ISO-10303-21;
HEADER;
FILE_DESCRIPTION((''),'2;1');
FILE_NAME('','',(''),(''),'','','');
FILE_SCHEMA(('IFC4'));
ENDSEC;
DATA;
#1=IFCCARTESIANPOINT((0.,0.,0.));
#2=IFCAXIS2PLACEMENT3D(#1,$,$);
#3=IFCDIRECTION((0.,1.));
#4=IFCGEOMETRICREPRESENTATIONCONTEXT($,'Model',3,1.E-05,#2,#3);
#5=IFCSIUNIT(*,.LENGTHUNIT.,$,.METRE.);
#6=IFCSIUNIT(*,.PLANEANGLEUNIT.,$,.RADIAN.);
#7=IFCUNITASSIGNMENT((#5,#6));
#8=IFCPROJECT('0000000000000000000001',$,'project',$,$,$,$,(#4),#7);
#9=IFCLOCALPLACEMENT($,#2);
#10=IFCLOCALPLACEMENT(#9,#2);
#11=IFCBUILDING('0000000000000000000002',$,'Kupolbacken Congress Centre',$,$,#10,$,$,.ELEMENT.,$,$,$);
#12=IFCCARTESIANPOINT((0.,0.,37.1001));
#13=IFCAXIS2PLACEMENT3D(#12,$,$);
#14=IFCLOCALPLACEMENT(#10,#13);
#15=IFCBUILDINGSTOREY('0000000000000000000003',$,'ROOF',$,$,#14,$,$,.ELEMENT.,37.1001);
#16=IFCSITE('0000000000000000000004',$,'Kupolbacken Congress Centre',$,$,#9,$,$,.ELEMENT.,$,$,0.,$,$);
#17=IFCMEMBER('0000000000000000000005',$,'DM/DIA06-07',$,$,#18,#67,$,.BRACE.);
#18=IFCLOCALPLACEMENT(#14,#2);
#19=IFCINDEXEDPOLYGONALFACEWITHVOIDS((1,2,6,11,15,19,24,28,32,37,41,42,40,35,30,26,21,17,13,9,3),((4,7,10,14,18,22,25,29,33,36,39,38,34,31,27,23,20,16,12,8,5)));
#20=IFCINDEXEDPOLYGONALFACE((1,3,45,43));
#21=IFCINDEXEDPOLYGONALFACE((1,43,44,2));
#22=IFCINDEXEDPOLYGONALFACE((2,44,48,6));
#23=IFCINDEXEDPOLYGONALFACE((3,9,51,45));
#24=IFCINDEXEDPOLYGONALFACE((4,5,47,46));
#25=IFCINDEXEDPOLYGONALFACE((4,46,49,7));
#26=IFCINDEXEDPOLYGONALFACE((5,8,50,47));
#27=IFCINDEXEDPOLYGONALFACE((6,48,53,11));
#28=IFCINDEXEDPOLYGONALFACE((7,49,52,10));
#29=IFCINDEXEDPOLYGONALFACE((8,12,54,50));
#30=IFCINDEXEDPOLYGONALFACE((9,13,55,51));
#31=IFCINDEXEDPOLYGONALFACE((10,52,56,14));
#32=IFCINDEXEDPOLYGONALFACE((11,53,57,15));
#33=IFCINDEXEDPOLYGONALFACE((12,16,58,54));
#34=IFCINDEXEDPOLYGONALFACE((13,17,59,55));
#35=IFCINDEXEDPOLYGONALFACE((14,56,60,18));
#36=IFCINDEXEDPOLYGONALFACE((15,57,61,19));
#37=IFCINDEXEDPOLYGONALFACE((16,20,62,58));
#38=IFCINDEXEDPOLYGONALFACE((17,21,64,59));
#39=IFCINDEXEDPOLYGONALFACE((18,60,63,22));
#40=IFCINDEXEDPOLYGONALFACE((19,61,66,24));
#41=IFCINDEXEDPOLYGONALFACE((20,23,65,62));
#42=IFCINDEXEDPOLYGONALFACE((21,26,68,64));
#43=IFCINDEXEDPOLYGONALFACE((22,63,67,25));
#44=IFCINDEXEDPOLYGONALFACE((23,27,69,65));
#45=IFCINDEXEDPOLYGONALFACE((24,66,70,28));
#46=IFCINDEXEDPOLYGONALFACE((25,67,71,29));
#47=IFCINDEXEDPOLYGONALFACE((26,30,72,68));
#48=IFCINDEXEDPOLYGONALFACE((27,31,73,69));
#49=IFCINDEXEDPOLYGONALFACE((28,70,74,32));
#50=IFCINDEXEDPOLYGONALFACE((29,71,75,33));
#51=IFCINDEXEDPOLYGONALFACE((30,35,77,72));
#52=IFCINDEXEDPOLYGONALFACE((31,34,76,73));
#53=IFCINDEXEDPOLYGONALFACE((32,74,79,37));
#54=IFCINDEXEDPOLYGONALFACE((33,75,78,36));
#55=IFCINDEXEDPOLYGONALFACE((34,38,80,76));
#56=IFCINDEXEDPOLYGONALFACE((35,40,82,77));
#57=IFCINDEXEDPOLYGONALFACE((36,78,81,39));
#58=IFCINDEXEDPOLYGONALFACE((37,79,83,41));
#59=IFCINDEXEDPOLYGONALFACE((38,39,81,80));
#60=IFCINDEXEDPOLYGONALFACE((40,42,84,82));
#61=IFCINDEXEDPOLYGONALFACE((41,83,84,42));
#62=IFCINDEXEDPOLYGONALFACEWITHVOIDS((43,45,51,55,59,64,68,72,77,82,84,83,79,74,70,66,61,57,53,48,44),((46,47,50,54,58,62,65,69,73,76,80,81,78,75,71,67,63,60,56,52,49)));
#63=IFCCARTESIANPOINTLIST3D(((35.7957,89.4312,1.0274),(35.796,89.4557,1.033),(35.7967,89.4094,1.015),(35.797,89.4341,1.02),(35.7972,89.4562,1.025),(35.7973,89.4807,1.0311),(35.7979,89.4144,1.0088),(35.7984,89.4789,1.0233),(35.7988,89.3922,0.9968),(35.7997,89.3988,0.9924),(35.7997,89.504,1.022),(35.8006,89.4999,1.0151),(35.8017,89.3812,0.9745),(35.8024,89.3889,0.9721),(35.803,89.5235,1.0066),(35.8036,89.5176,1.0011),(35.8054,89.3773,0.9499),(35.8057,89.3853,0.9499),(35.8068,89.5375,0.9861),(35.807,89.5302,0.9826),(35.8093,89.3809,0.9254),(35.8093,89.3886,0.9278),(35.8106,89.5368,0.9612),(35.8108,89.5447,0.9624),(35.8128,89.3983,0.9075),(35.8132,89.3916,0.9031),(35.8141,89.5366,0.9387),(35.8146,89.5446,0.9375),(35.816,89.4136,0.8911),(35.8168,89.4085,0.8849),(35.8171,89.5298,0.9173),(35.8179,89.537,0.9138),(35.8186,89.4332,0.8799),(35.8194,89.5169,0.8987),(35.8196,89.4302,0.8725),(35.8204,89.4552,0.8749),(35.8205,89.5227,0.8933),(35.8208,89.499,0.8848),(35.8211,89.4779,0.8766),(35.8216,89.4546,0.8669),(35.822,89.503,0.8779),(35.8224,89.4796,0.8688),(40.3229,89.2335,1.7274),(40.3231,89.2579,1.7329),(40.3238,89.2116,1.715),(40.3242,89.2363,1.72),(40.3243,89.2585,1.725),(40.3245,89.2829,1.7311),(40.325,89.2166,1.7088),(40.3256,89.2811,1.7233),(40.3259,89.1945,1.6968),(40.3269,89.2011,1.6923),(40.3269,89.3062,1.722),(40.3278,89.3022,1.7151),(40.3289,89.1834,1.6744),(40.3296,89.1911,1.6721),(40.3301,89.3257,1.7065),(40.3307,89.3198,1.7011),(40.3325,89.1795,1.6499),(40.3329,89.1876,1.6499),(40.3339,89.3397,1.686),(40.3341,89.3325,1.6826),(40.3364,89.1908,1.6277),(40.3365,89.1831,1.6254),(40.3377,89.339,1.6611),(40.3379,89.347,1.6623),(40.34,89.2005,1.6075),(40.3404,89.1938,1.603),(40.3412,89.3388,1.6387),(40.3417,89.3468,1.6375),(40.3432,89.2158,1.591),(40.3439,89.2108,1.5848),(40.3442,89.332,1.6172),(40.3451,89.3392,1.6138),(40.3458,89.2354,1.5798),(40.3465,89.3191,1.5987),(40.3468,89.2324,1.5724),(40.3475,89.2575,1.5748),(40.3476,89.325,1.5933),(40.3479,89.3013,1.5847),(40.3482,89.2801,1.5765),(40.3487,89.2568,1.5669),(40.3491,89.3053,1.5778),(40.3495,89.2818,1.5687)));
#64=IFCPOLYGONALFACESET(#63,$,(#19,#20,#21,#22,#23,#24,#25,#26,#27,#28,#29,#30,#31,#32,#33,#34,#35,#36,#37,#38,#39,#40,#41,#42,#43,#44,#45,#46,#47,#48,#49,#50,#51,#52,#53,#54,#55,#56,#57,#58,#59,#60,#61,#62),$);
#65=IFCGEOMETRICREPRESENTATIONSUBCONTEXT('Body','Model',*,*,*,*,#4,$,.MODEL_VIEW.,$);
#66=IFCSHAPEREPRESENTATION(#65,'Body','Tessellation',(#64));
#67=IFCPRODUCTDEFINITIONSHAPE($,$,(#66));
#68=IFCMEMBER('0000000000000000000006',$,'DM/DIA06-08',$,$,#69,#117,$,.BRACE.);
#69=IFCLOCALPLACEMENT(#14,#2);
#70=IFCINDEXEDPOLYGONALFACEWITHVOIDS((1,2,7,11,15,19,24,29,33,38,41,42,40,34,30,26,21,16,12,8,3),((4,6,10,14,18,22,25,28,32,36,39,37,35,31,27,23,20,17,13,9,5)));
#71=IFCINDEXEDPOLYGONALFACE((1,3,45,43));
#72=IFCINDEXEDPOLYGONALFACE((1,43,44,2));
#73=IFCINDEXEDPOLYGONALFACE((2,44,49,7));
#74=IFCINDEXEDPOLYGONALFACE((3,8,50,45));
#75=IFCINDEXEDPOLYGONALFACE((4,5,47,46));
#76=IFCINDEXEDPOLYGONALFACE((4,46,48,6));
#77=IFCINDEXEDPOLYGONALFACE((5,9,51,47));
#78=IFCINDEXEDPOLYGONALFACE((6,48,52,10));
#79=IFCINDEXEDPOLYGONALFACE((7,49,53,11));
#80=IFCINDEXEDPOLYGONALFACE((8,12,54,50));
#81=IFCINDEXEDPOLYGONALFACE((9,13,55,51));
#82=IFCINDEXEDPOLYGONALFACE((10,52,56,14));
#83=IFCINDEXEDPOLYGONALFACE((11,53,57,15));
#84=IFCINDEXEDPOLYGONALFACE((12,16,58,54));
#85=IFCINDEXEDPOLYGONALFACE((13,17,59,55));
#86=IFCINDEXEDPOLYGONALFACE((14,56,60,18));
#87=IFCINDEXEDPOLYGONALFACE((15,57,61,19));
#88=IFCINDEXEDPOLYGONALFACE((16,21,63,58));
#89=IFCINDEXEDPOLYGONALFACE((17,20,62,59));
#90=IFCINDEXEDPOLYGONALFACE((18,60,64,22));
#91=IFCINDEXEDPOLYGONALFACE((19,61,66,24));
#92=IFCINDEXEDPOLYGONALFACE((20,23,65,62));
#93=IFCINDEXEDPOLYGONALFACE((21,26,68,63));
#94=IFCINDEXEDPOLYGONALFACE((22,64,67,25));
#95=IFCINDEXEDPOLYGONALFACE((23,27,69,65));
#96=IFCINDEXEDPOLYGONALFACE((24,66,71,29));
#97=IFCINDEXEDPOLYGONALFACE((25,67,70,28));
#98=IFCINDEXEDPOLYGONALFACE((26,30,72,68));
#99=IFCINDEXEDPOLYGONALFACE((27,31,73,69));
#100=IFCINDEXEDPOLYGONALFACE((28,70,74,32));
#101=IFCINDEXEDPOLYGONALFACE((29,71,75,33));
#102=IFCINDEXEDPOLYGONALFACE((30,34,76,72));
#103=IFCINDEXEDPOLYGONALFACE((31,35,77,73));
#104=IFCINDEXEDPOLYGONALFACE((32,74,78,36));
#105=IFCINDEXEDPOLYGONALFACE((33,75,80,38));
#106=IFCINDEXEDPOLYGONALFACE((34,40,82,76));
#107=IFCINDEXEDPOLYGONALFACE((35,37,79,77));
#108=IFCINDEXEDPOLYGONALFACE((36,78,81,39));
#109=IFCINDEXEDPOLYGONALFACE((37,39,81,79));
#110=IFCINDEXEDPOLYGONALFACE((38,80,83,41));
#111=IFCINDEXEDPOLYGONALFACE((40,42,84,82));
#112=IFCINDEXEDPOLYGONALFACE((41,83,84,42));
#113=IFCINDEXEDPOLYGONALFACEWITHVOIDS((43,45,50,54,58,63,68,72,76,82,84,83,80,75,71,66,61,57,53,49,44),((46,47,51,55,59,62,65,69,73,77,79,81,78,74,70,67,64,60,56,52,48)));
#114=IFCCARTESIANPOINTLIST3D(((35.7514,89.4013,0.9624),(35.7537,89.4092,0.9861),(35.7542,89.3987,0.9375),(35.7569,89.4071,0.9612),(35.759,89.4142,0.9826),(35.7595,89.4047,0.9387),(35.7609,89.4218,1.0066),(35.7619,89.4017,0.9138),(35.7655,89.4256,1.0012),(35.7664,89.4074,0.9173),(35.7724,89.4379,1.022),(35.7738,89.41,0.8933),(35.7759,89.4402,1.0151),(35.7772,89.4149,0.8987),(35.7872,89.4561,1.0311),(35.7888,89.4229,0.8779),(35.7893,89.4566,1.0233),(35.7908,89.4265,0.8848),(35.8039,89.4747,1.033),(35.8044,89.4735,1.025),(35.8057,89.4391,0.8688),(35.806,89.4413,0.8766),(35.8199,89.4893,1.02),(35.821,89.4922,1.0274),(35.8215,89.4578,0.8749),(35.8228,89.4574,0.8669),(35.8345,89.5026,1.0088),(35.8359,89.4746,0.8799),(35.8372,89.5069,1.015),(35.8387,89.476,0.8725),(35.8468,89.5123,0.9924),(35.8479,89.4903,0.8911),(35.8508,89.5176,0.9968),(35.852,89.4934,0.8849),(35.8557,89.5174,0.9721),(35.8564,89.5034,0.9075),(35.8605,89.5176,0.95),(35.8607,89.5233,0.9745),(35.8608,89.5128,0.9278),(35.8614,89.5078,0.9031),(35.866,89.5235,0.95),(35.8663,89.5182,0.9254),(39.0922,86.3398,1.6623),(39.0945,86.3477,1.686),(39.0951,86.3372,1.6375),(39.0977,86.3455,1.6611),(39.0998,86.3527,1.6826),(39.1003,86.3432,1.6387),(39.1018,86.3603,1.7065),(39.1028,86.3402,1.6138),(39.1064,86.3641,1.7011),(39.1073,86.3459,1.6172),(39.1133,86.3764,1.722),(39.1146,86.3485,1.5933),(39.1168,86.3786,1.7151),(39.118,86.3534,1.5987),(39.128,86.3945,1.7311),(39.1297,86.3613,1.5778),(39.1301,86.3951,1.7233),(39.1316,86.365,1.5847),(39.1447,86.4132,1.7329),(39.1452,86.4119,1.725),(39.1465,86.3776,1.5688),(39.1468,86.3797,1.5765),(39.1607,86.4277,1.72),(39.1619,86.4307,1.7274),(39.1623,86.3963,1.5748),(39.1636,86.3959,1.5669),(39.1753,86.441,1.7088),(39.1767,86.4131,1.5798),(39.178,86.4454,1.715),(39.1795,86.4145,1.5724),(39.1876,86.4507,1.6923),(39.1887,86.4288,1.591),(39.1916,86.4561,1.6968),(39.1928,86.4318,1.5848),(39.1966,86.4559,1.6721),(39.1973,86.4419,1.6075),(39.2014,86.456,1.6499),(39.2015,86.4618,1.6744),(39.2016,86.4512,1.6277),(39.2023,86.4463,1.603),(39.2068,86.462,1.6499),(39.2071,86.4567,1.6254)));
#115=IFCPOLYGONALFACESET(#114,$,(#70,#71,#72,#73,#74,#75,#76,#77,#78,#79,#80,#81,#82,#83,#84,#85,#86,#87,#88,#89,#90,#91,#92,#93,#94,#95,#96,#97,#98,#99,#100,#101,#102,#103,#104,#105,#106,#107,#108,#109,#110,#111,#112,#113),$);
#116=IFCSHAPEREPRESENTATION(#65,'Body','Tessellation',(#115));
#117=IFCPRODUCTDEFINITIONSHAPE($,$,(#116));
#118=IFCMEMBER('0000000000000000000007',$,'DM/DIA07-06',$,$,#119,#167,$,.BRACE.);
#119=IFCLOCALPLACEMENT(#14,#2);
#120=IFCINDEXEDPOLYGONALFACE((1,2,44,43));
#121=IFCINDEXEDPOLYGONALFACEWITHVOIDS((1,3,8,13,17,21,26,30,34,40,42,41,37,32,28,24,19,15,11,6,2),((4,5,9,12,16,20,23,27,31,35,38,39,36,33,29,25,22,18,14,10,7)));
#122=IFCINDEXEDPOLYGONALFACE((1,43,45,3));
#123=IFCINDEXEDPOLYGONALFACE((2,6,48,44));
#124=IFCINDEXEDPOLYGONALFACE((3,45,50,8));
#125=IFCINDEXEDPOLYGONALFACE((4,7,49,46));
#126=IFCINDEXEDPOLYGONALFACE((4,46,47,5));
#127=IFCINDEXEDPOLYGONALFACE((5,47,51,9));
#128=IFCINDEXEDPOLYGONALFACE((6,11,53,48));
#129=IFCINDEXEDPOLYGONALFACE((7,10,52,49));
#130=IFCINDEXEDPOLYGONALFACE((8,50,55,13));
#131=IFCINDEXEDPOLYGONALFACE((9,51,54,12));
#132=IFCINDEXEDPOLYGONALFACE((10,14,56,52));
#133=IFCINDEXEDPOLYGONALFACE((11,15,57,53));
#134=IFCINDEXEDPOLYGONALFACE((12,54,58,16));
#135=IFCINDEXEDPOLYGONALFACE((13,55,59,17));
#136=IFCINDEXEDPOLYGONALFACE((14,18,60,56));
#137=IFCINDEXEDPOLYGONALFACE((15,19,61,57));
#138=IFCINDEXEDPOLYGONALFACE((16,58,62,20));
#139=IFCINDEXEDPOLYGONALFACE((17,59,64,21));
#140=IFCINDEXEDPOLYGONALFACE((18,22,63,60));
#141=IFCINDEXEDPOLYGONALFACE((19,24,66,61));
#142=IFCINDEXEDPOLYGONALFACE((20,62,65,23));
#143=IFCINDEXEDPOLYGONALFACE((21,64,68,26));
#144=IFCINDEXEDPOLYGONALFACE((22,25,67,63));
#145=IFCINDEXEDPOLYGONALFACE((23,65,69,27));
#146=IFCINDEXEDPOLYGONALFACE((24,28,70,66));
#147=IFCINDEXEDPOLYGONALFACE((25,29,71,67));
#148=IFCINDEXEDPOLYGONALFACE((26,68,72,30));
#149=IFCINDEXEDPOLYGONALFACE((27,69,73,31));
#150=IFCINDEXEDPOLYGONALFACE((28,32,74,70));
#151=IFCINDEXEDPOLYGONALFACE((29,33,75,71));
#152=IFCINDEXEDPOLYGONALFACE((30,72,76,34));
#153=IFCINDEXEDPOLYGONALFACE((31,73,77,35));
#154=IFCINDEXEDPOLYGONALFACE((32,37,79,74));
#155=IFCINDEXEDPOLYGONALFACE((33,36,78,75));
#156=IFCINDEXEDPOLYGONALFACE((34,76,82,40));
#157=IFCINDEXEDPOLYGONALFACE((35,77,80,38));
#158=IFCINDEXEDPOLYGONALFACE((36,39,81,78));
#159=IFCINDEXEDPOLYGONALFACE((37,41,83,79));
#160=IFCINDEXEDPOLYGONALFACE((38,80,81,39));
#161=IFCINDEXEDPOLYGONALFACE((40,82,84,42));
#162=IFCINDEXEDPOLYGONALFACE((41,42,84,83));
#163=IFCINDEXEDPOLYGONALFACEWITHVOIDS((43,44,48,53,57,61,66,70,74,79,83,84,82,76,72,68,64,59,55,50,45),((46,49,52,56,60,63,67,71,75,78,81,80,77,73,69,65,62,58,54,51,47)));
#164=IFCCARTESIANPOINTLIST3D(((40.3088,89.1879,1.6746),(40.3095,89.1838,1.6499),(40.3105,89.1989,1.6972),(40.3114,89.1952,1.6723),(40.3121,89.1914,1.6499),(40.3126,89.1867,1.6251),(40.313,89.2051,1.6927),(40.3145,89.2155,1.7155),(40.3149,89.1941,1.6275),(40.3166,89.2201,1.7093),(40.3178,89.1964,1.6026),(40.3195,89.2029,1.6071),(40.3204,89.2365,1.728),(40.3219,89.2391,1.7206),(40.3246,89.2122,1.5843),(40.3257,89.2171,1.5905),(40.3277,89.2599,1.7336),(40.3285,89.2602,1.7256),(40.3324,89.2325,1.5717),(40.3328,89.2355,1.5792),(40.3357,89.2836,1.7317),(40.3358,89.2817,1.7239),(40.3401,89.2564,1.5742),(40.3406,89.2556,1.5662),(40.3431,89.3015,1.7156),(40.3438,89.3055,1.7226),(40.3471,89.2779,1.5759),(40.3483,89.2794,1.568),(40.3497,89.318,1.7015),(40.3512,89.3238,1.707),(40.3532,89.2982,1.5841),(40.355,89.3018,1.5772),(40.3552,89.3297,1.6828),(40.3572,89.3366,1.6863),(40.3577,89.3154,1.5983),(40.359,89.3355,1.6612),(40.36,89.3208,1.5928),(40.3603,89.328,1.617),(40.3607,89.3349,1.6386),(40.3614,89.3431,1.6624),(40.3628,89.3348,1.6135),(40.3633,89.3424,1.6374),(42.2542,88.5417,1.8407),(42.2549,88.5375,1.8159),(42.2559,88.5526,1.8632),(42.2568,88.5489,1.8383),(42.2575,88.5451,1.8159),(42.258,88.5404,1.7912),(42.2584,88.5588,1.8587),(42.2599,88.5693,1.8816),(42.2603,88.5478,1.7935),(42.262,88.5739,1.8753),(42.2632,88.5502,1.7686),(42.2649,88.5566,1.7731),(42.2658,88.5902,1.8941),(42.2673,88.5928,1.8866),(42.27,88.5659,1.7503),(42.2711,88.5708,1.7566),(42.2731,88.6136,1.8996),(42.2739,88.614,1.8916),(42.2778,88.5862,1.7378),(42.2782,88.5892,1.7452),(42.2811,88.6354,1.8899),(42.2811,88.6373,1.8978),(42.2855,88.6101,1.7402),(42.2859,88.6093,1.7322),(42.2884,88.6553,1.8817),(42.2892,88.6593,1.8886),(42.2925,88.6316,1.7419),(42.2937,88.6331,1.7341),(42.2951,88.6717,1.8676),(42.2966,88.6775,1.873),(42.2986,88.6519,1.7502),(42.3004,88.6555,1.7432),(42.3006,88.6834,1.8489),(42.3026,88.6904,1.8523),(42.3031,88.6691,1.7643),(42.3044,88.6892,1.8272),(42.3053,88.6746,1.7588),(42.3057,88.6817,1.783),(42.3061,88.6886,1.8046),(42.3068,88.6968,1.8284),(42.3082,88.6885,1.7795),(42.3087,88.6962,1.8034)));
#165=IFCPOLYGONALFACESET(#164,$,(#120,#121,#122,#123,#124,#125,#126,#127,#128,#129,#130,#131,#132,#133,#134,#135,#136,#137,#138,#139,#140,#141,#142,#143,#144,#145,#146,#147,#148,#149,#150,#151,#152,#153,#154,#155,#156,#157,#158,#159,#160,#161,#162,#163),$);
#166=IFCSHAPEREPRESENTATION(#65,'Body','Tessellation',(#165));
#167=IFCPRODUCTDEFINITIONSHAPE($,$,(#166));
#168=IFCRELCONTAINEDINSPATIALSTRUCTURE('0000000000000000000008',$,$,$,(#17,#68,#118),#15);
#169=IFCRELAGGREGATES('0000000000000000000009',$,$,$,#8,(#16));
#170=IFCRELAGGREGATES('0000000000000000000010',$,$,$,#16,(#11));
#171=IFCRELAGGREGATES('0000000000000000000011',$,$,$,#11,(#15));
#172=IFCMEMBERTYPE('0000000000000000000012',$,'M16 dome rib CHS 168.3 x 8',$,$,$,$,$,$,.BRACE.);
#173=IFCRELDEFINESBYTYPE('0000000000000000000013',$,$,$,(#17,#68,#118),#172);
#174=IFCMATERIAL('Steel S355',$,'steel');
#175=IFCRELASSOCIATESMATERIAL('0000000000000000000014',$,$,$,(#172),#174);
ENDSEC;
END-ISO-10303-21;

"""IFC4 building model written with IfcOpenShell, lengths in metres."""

from ifc_helpers import new_model, si_unit, direction, frame, origin, origin_2d, place, context, subcontext, project, spatial, hollow_circle, extrude, material, material_profile, profile_set, type_object, element, save


model = new_model("IFC4")

# Units and contexts
model_context = context("Model", 3, precision=1e-05, world=origin(), true_north=direction((0.0, 1.0)))
body_context = subcontext(model_context, "Body", "Model", "MODEL_VIEW")
ifc_project = project(units=[si_unit("LENGTHUNIT", "METRE"), si_unit("PLANEANGLEUNIT", "RADIAN")], contexts=[model_context])

# Site, building, storey
site_placement = place(None, origin())
site = spatial("IfcSite", under=ifc_project, at=site_placement, Name="Kupolbacken Congress Centre", CompositionType="ELEMENT", RefElevation=0.0)
building_placement = place(site_placement, origin())
building = spatial("IfcBuilding", under=site, at=building_placement, Name="Kupolbacken Congress Centre", CompositionType="ELEMENT")
storey_placement = place(building_placement, frame((0.0, 0.0, 37.1001)))
storey = spatial("IfcBuildingStorey", under=building, at=storey_placement, Name="ROOF", CompositionType="ELEMENT", Elevation=37.1001)

# Members
ifc_material_1 = material(Name="Steel S355", Category="steel")
ifc_material_profile_1 = material_profile(ifc_material_1, hollow_circle(Radius=0.0842, WallThickness=0.0081, at=origin_2d()), Name="CHS 168.3 x 8")
ifc_profile_set_1 = profile_set([ifc_material_profile_1], Name="Steel S355")
member_type_1 = type_object("IfcMemberType", Name="M16 dome rib CHS 168.3 x 8", PredefinedType="BRACE", material=ifc_profile_set_1)
for number, where, z_axis, x_axis, name in (
    (1, (40.3362, 89.2637, 1.6499), (-0.987338, 0.043129, -0.152656), (-0.043641, -0.999047, 0.0), "DM/DIA06-07"),
    (2, (35.8091, 89.4614, 0.95), (0.728612, -0.667699, 0.152655), (0.675617, 0.737253, 0.0), "DM/DIA06-08"),
):
    element("IfcMember", number, at=place(storey_placement, frame(where, z_axis=z_axis, x_axis=x_axis)), inside=storey, type_object=member_type_1, Name=name, PredefinedType="BRACE", context=body_context, shape_type="SweptSolid", body=[
        extrude(hollow_circle(Radius=0.0842, WallThickness=0.0081, at=origin_2d()), origin(), (0.0, 0.0, 1.0), 4.5852),
    ])
for number, where, z_axis, x_axis, name in (
    (3, (42.2815, 88.6174, 1.8159), (-0.945907, 0.314234, -0.080725), (-0.315263, -0.949004, 0.0), "DM/DIA07-06"),
):
    element("IfcMember", number, at=place(storey_placement, frame(where, z_axis=z_axis, x_axis=x_axis)), inside=storey, type_object=member_type_1, Name=name, PredefinedType="BRACE", context=body_context, shape_type="SweptSolid", body=[
        extrude(hollow_circle(Radius=0.0842, WallThickness=0.0081, at=origin_2d()), origin(), (0.0, 0.0, 1.0), 2.0566),
    ])

save(model, "model.ifc")
